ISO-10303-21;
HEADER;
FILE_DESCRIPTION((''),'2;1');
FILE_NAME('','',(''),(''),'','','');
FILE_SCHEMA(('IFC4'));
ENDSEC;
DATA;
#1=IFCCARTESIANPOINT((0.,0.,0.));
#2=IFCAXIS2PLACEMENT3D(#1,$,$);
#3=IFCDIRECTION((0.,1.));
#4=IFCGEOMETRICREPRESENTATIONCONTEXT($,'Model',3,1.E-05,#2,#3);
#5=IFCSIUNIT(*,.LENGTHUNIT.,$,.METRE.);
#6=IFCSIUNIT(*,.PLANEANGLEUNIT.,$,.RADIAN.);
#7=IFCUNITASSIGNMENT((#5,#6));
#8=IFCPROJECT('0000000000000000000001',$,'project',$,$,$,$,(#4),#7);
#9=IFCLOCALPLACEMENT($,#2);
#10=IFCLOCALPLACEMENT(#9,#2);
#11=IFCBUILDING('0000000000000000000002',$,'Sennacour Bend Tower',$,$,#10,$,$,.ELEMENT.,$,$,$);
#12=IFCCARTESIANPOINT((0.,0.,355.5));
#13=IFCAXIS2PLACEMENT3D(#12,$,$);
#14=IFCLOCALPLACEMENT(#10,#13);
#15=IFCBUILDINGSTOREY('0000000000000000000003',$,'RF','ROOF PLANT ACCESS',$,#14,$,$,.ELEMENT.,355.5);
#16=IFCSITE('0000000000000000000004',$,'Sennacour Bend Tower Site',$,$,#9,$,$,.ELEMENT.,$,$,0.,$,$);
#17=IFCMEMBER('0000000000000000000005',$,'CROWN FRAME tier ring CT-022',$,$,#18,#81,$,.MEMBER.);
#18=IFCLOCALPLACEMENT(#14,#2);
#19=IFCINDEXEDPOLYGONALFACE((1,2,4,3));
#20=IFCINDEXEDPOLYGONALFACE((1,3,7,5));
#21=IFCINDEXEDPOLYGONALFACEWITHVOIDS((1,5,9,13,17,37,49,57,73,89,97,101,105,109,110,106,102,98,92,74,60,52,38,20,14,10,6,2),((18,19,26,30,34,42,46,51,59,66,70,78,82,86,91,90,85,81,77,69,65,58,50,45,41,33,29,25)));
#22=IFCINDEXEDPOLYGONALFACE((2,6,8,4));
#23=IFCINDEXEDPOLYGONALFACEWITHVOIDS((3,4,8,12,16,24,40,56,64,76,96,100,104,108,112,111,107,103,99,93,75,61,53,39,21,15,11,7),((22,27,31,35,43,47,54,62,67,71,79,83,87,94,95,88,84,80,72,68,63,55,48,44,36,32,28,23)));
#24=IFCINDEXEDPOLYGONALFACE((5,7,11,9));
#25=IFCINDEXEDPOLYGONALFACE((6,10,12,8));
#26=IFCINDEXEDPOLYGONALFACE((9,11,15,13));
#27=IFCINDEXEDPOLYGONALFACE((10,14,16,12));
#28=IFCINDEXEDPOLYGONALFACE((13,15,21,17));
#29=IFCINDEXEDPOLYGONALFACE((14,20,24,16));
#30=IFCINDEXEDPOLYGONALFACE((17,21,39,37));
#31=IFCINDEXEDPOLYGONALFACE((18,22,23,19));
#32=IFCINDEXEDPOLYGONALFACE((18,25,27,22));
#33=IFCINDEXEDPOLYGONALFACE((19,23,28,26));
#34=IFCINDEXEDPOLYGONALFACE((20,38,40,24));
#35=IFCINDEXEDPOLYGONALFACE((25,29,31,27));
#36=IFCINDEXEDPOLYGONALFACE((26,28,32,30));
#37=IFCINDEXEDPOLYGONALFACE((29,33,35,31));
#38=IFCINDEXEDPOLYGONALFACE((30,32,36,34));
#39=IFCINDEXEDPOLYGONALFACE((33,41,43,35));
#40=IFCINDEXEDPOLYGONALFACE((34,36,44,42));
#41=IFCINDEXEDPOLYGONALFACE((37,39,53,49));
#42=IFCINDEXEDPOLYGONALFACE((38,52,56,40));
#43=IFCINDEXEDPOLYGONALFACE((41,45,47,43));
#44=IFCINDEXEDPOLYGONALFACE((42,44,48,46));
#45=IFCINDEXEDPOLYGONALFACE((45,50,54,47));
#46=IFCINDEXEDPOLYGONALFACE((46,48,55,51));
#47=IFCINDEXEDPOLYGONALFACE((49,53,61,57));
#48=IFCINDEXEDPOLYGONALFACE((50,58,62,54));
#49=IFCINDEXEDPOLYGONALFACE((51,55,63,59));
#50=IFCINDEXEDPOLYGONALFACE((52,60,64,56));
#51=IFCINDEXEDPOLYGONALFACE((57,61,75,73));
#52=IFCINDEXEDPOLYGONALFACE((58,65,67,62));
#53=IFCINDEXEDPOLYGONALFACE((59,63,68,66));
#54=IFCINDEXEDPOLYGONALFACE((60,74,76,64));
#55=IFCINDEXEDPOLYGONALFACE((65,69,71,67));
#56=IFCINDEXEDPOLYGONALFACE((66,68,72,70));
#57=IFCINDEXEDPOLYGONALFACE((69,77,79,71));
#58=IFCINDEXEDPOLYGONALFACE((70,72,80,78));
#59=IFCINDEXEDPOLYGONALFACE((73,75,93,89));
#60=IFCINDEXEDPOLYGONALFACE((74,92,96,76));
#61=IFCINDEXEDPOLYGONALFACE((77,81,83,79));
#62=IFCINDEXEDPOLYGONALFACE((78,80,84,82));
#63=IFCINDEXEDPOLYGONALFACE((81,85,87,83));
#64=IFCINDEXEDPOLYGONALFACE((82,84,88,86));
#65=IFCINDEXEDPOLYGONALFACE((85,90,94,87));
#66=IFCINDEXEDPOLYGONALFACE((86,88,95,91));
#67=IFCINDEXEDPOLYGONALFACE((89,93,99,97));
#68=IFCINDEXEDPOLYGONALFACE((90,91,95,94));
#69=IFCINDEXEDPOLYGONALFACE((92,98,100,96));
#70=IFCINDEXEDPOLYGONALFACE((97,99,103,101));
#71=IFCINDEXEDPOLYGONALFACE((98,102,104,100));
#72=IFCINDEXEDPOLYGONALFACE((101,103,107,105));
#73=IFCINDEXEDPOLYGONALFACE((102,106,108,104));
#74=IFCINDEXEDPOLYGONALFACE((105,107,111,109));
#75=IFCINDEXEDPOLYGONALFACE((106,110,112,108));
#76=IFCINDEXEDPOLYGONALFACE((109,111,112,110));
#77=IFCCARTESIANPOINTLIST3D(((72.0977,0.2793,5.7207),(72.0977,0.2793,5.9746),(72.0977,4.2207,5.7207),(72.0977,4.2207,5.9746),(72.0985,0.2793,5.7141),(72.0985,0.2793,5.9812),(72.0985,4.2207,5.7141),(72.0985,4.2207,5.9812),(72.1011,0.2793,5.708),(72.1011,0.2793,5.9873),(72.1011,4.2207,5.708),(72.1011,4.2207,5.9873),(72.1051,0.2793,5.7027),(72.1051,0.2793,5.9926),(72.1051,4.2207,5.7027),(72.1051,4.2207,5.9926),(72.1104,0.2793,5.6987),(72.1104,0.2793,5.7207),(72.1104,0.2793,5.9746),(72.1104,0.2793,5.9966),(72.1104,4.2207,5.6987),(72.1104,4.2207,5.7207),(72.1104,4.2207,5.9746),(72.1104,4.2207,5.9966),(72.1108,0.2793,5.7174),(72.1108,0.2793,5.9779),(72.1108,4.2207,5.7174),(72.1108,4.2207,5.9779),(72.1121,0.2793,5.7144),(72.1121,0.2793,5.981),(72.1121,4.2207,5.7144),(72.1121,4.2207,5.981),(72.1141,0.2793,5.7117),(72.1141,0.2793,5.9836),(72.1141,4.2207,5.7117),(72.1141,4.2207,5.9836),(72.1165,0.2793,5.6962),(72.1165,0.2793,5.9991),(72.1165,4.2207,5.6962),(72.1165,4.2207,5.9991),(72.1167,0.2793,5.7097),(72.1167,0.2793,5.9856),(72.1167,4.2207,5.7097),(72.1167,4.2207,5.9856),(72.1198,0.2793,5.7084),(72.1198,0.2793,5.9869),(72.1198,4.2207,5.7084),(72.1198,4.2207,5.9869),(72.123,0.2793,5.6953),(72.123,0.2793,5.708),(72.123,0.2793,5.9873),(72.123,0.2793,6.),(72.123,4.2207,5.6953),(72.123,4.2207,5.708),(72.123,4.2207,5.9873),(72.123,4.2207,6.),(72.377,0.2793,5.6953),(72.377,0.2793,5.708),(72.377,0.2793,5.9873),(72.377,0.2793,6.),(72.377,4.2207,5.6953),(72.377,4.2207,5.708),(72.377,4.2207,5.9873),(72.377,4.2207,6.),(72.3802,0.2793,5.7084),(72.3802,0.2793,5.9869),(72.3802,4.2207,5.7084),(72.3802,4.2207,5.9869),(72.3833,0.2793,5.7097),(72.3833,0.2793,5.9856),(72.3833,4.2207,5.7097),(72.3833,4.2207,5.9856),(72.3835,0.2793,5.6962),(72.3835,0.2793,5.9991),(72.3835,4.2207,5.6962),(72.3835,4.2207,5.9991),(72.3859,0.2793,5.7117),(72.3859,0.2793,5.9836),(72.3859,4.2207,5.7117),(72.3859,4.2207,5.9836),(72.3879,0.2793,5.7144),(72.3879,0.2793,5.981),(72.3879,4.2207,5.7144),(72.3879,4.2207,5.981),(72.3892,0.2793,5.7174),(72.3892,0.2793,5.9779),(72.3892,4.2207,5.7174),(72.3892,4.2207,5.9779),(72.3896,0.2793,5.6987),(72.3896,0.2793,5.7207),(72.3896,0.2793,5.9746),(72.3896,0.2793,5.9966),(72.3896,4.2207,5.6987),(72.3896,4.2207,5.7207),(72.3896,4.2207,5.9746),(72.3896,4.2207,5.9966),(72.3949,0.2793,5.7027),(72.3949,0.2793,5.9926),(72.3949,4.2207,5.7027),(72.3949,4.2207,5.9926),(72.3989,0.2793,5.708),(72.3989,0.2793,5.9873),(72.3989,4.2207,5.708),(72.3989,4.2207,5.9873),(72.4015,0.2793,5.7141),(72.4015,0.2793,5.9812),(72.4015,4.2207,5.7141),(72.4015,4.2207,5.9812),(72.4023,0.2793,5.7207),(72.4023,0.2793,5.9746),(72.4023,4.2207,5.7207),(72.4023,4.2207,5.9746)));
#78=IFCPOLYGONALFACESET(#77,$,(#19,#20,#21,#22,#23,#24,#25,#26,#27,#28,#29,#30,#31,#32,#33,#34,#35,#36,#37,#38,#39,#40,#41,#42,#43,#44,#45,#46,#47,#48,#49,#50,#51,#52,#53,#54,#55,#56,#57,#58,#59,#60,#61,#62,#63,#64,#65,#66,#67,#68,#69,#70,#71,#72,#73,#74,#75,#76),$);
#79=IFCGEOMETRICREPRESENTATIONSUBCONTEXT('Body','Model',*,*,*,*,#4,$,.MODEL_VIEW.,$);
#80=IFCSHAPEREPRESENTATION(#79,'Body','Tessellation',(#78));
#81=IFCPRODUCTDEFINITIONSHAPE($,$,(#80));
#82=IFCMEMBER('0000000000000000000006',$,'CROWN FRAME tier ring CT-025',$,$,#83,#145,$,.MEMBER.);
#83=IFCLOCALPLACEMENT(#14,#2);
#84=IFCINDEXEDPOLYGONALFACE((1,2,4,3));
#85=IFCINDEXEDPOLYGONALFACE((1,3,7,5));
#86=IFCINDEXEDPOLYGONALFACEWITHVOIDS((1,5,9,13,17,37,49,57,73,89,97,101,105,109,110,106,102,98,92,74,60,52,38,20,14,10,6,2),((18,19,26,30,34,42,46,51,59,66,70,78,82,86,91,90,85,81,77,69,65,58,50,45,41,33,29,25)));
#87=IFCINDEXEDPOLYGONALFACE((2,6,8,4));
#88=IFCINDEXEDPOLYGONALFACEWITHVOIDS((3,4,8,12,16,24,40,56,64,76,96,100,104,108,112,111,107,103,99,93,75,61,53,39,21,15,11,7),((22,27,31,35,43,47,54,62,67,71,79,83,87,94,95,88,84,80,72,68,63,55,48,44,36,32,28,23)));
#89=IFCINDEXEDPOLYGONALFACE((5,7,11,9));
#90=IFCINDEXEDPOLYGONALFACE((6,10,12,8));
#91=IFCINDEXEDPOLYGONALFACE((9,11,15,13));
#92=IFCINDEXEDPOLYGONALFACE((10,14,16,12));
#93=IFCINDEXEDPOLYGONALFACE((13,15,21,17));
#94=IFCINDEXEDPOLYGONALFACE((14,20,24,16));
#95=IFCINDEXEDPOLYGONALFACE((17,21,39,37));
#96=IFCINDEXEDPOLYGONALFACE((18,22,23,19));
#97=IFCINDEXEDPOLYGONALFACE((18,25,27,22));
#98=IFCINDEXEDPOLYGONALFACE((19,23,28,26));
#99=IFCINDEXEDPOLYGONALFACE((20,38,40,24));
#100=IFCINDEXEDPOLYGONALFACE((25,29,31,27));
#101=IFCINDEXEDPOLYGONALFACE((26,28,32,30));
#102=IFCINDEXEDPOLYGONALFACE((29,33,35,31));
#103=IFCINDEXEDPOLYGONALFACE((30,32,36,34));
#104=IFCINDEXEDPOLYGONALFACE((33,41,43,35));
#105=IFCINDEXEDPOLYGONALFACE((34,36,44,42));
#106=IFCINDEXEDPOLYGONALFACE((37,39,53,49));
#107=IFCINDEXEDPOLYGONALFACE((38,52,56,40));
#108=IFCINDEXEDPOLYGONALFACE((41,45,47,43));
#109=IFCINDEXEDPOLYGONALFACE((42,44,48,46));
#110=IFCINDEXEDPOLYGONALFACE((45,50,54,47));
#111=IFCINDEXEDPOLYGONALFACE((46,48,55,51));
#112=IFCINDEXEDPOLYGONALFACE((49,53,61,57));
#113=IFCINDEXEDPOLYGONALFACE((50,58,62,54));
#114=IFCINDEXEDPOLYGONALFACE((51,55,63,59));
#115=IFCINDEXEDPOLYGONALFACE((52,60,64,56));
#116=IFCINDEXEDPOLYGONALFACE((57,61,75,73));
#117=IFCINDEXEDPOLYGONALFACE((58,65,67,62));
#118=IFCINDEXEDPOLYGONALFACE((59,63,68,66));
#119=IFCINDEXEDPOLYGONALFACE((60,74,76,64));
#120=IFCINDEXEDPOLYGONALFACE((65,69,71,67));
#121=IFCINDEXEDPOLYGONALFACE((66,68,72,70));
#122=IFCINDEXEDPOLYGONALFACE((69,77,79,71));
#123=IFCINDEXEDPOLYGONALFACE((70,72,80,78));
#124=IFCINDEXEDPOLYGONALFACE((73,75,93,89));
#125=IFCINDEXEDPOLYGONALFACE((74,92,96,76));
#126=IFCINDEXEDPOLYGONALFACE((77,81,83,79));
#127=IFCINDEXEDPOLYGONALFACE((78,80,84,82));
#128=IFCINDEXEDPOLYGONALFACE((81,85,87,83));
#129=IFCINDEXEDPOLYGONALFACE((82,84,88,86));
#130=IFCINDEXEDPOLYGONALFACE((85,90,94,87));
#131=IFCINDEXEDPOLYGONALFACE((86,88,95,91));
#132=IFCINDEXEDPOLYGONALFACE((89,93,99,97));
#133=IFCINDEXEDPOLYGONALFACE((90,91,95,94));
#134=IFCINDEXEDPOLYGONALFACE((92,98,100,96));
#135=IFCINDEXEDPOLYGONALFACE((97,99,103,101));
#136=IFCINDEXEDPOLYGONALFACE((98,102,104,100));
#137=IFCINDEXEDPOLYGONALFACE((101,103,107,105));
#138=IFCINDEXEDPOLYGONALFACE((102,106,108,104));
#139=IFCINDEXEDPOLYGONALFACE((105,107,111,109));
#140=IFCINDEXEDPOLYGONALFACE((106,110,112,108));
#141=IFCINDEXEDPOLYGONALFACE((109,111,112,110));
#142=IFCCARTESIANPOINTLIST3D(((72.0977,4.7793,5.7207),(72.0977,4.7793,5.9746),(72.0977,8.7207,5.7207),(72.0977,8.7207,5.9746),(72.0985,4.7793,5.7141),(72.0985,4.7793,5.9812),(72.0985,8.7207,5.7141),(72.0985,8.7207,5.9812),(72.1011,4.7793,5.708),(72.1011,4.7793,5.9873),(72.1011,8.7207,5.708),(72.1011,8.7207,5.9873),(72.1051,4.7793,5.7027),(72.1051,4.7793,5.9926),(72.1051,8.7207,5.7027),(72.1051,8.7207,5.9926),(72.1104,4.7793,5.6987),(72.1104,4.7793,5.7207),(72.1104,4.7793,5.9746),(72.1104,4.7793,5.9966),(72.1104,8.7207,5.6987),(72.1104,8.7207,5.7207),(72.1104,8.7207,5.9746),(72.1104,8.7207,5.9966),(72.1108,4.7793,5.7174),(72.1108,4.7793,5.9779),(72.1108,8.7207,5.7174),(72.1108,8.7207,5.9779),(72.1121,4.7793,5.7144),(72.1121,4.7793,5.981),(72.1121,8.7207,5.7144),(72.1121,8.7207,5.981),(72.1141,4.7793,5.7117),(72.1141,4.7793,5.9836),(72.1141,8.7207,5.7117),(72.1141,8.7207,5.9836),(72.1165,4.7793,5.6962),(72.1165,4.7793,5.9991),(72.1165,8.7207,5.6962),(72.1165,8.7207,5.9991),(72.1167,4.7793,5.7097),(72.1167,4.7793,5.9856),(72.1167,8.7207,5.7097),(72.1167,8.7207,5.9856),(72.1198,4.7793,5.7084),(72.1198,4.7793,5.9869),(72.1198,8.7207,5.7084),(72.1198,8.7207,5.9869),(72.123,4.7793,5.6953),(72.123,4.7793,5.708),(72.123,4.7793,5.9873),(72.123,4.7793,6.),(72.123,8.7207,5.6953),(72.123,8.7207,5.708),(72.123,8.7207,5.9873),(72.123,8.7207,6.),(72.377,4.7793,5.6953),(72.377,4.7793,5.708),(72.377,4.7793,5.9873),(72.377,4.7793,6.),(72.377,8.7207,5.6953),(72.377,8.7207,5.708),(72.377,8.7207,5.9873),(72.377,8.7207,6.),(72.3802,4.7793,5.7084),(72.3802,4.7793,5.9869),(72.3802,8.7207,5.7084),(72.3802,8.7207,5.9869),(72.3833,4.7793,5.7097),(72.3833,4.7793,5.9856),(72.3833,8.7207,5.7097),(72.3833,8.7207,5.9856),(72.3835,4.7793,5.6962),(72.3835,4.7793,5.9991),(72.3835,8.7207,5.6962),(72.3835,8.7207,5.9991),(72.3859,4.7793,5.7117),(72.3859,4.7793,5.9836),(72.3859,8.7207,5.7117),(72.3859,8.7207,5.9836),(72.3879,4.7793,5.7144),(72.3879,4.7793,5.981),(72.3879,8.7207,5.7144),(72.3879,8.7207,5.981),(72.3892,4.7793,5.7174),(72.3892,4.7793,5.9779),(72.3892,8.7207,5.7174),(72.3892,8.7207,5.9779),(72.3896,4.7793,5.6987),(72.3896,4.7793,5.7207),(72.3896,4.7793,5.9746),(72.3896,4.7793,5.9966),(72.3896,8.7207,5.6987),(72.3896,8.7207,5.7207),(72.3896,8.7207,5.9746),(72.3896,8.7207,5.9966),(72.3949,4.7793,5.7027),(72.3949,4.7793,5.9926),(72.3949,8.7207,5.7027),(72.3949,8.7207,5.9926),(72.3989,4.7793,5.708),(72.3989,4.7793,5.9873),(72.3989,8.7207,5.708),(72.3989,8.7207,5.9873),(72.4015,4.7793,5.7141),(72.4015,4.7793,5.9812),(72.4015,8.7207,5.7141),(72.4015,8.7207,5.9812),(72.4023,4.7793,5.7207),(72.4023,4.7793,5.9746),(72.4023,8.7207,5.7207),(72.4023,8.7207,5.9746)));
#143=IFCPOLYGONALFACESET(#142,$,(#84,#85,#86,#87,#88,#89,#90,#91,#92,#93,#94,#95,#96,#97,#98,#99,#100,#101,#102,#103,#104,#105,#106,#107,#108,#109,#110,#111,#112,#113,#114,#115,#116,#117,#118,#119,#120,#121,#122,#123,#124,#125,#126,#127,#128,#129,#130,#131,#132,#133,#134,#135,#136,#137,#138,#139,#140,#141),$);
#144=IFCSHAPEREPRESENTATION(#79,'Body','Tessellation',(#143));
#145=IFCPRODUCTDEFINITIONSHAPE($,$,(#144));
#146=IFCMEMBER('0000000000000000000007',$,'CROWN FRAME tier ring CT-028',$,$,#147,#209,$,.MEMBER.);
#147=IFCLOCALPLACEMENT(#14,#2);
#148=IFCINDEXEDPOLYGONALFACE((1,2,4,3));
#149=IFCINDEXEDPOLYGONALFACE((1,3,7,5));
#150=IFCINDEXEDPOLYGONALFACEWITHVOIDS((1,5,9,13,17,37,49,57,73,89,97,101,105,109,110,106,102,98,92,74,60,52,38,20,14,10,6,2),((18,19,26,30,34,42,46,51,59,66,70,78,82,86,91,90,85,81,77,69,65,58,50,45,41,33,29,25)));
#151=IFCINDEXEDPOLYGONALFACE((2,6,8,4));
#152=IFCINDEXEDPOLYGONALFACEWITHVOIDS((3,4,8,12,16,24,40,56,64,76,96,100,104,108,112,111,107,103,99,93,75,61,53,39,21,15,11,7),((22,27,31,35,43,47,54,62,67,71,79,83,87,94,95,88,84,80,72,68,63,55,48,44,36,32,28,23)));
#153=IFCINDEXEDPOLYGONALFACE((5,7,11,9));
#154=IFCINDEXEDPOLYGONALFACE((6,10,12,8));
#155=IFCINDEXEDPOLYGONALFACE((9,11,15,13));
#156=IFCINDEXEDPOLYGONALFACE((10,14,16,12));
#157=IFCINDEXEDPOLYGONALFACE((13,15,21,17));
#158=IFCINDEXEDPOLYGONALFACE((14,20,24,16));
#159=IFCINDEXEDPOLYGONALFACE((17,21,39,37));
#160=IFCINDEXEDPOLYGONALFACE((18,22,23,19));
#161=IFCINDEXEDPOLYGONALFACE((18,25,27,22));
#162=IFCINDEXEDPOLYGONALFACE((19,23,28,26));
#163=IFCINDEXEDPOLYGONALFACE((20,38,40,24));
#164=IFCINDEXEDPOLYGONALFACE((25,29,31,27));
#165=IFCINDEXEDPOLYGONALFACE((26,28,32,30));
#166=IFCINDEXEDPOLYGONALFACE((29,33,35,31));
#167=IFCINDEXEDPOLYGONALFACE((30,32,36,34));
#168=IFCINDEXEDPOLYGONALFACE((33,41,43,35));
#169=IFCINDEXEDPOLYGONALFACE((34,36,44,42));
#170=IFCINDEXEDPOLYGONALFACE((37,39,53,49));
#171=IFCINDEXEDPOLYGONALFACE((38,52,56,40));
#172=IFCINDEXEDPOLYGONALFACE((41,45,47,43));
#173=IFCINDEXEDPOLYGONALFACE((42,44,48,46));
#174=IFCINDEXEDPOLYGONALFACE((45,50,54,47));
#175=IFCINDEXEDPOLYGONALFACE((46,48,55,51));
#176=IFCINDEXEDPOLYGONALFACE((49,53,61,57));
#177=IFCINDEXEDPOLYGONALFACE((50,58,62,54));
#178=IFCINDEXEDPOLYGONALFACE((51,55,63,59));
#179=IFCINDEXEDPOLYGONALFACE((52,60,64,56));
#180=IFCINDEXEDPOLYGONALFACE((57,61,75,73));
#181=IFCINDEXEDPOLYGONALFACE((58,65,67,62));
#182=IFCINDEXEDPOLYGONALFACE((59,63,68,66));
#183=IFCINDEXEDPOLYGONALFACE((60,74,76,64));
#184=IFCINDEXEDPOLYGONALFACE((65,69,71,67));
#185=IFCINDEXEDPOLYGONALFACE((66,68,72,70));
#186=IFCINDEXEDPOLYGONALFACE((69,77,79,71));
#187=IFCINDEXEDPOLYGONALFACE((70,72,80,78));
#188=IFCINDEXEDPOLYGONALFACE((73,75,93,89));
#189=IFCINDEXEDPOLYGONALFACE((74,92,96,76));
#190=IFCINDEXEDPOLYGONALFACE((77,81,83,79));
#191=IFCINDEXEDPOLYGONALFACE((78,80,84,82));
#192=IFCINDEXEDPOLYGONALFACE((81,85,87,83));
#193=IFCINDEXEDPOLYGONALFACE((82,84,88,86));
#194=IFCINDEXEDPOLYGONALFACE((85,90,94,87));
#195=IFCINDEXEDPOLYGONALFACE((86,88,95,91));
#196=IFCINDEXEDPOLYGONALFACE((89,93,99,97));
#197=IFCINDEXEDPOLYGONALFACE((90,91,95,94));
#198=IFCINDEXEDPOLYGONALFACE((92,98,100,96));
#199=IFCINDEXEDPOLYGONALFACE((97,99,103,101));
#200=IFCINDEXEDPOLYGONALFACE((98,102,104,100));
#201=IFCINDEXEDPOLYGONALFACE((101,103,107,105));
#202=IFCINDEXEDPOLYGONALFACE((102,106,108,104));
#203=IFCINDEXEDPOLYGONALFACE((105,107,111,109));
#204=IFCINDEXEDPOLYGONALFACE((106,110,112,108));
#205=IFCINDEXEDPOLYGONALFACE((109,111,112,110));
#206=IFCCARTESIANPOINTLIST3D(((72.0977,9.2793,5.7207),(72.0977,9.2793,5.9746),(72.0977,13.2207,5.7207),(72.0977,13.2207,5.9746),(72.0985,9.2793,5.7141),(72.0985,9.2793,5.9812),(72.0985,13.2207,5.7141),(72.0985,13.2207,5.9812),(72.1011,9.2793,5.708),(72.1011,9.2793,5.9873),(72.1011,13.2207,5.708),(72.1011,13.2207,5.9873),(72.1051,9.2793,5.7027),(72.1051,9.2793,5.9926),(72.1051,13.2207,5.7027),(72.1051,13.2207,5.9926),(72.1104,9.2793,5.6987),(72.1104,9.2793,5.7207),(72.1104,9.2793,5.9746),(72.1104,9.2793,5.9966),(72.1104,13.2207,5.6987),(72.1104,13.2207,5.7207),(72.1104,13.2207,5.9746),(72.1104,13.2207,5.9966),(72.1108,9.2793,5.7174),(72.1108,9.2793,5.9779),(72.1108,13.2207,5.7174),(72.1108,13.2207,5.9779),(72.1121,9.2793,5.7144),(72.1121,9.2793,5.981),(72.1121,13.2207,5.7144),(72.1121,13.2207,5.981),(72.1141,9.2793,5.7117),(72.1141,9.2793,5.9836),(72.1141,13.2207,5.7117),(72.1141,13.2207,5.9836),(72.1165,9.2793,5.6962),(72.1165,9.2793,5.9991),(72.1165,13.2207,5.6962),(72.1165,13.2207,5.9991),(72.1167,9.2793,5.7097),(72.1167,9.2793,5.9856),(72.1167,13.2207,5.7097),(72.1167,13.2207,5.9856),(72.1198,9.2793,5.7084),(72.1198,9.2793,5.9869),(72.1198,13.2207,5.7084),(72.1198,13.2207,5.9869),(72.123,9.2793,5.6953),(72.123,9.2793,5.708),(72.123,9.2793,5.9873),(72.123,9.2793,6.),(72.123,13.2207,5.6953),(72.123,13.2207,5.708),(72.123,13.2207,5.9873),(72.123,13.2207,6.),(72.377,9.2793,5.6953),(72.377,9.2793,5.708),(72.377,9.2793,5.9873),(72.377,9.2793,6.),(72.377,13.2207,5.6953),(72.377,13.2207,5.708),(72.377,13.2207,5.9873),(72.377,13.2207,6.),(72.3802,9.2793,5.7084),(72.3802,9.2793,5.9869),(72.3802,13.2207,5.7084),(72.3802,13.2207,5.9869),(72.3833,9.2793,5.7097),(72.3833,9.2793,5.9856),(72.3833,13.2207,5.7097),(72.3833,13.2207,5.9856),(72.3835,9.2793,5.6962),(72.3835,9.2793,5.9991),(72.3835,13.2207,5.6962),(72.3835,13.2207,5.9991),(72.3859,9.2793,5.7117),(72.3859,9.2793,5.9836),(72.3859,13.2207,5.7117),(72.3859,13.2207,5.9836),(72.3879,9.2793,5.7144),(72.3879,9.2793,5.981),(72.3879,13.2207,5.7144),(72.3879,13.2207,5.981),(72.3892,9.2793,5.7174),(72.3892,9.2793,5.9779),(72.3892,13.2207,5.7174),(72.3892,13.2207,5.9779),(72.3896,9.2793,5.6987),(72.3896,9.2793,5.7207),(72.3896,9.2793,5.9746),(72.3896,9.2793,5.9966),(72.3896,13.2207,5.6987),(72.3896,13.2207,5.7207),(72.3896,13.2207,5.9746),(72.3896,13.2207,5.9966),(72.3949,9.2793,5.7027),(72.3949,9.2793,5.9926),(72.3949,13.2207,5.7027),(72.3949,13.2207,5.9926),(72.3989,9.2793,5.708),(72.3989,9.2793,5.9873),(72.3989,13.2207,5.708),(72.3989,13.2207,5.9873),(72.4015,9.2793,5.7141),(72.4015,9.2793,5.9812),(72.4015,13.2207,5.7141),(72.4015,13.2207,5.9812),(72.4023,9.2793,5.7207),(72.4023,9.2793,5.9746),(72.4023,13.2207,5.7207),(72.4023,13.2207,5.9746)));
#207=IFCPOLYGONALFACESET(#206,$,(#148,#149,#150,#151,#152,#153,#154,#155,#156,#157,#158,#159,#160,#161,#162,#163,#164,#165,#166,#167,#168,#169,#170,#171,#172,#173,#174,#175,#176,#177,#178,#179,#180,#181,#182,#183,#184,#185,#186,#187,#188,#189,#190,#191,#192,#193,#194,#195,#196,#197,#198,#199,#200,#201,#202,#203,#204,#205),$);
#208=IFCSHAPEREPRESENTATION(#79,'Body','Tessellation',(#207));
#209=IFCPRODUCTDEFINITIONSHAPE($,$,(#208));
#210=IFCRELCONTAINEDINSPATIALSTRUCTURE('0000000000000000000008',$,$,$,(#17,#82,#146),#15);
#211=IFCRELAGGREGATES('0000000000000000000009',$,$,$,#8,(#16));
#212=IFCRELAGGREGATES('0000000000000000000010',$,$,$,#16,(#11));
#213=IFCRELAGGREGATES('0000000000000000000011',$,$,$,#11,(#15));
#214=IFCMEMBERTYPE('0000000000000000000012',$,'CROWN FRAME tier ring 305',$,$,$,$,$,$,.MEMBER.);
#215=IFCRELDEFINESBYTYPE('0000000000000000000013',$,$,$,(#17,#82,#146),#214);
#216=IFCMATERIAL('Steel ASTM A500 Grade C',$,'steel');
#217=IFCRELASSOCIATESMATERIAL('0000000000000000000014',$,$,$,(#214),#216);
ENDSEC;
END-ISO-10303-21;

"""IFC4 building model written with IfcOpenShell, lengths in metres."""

from ifc_helpers import new_model, si_unit, direction, frame, origin, origin_2d, place, context, subcontext, project, spatial, hollow_rectangle, extrude, material, material_profile, profile_set, type_object, element, save


model = new_model("IFC4")

# Units and contexts
model_context = context("Model", 3, precision=1e-05, world=origin(), true_north=direction((0.0, 1.0)))
body_context = subcontext(model_context, "Body", "Model", "MODEL_VIEW")
ifc_project = project(units=[si_unit("LENGTHUNIT", "METRE"), si_unit("PLANEANGLEUNIT", "RADIAN")], contexts=[model_context])

# Site, building, storey
site_placement = place(None, origin())
site = spatial("IfcSite", under=ifc_project, at=site_placement, Name="Sennacour Bend Tower Site", CompositionType="ELEMENT", RefElevation=0.0)
building_placement = place(site_placement, origin())
building = spatial("IfcBuilding", under=site, at=building_placement, Name="Sennacour Bend Tower", CompositionType="ELEMENT")
storey_placement = place(building_placement, frame((0.0, 0.0, 355.5)))
storey = spatial("IfcBuildingStorey", under=building, at=storey_placement, Name="RF", Description="ROOF PLANT ACCESS", CompositionType="ELEMENT", Elevation=355.5)

# Shared definitions
ifc_material_1 = material(Name="Steel ASTM A500 Grade C", Category="steel")

# Members
ifc_material_profile_1 = material_profile(ifc_material_1, hollow_rectangle(XDim=0.3047, YDim=0.3047, WallThickness=0.0127, InnerFilletRadius=0.0127, OuterFilletRadius=0.0254, at=origin_2d()), Name="Steel ASTM A500 Grade C", Category="steel")
ifc_profile_set_1 = profile_set([ifc_material_profile_1], Name="Steel ASTM A500 Grade C")
member_type_1 = type_object("IfcMemberType", Name="CROWN FRAME tier ring 305", PredefinedType="MEMBER", material=ifc_profile_set_1)
for number, where, z_axis, x_axis, name in (
    (1, (72.25, 0.2793, 5.8477), (0.0, 1.0, 0.0), (-1.0, 0.0, 0.0), "CROWN FRAME tier ring CT-022"),
    (2, (72.25, 4.7793, 5.8477), (0.0, 1.0, 0.0), (-1.0, 0.0, 0.0), "CROWN FRAME tier ring CT-025"),
    (3, (72.25, 9.2793, 5.8477), (0.0, 1.0, 0.0), (-1.0, 0.0, 0.0), "CROWN FRAME tier ring CT-028"),
):
    element("IfcMember", number, at=place(storey_placement, frame(where, z_axis=z_axis, x_axis=x_axis)), inside=storey, type_object=member_type_1, Name=name, PredefinedType="MEMBER", context=body_context, shape_type="SweptSolid", body=[
        extrude(hollow_rectangle(XDim=0.3047, YDim=0.3047, WallThickness=0.0127, InnerFilletRadius=0.0127, OuterFilletRadius=0.0254, at=origin_2d()), origin(), (0.0, 0.0, 1.0), 3.9414),
    ])

save(model, "model.ifc")
